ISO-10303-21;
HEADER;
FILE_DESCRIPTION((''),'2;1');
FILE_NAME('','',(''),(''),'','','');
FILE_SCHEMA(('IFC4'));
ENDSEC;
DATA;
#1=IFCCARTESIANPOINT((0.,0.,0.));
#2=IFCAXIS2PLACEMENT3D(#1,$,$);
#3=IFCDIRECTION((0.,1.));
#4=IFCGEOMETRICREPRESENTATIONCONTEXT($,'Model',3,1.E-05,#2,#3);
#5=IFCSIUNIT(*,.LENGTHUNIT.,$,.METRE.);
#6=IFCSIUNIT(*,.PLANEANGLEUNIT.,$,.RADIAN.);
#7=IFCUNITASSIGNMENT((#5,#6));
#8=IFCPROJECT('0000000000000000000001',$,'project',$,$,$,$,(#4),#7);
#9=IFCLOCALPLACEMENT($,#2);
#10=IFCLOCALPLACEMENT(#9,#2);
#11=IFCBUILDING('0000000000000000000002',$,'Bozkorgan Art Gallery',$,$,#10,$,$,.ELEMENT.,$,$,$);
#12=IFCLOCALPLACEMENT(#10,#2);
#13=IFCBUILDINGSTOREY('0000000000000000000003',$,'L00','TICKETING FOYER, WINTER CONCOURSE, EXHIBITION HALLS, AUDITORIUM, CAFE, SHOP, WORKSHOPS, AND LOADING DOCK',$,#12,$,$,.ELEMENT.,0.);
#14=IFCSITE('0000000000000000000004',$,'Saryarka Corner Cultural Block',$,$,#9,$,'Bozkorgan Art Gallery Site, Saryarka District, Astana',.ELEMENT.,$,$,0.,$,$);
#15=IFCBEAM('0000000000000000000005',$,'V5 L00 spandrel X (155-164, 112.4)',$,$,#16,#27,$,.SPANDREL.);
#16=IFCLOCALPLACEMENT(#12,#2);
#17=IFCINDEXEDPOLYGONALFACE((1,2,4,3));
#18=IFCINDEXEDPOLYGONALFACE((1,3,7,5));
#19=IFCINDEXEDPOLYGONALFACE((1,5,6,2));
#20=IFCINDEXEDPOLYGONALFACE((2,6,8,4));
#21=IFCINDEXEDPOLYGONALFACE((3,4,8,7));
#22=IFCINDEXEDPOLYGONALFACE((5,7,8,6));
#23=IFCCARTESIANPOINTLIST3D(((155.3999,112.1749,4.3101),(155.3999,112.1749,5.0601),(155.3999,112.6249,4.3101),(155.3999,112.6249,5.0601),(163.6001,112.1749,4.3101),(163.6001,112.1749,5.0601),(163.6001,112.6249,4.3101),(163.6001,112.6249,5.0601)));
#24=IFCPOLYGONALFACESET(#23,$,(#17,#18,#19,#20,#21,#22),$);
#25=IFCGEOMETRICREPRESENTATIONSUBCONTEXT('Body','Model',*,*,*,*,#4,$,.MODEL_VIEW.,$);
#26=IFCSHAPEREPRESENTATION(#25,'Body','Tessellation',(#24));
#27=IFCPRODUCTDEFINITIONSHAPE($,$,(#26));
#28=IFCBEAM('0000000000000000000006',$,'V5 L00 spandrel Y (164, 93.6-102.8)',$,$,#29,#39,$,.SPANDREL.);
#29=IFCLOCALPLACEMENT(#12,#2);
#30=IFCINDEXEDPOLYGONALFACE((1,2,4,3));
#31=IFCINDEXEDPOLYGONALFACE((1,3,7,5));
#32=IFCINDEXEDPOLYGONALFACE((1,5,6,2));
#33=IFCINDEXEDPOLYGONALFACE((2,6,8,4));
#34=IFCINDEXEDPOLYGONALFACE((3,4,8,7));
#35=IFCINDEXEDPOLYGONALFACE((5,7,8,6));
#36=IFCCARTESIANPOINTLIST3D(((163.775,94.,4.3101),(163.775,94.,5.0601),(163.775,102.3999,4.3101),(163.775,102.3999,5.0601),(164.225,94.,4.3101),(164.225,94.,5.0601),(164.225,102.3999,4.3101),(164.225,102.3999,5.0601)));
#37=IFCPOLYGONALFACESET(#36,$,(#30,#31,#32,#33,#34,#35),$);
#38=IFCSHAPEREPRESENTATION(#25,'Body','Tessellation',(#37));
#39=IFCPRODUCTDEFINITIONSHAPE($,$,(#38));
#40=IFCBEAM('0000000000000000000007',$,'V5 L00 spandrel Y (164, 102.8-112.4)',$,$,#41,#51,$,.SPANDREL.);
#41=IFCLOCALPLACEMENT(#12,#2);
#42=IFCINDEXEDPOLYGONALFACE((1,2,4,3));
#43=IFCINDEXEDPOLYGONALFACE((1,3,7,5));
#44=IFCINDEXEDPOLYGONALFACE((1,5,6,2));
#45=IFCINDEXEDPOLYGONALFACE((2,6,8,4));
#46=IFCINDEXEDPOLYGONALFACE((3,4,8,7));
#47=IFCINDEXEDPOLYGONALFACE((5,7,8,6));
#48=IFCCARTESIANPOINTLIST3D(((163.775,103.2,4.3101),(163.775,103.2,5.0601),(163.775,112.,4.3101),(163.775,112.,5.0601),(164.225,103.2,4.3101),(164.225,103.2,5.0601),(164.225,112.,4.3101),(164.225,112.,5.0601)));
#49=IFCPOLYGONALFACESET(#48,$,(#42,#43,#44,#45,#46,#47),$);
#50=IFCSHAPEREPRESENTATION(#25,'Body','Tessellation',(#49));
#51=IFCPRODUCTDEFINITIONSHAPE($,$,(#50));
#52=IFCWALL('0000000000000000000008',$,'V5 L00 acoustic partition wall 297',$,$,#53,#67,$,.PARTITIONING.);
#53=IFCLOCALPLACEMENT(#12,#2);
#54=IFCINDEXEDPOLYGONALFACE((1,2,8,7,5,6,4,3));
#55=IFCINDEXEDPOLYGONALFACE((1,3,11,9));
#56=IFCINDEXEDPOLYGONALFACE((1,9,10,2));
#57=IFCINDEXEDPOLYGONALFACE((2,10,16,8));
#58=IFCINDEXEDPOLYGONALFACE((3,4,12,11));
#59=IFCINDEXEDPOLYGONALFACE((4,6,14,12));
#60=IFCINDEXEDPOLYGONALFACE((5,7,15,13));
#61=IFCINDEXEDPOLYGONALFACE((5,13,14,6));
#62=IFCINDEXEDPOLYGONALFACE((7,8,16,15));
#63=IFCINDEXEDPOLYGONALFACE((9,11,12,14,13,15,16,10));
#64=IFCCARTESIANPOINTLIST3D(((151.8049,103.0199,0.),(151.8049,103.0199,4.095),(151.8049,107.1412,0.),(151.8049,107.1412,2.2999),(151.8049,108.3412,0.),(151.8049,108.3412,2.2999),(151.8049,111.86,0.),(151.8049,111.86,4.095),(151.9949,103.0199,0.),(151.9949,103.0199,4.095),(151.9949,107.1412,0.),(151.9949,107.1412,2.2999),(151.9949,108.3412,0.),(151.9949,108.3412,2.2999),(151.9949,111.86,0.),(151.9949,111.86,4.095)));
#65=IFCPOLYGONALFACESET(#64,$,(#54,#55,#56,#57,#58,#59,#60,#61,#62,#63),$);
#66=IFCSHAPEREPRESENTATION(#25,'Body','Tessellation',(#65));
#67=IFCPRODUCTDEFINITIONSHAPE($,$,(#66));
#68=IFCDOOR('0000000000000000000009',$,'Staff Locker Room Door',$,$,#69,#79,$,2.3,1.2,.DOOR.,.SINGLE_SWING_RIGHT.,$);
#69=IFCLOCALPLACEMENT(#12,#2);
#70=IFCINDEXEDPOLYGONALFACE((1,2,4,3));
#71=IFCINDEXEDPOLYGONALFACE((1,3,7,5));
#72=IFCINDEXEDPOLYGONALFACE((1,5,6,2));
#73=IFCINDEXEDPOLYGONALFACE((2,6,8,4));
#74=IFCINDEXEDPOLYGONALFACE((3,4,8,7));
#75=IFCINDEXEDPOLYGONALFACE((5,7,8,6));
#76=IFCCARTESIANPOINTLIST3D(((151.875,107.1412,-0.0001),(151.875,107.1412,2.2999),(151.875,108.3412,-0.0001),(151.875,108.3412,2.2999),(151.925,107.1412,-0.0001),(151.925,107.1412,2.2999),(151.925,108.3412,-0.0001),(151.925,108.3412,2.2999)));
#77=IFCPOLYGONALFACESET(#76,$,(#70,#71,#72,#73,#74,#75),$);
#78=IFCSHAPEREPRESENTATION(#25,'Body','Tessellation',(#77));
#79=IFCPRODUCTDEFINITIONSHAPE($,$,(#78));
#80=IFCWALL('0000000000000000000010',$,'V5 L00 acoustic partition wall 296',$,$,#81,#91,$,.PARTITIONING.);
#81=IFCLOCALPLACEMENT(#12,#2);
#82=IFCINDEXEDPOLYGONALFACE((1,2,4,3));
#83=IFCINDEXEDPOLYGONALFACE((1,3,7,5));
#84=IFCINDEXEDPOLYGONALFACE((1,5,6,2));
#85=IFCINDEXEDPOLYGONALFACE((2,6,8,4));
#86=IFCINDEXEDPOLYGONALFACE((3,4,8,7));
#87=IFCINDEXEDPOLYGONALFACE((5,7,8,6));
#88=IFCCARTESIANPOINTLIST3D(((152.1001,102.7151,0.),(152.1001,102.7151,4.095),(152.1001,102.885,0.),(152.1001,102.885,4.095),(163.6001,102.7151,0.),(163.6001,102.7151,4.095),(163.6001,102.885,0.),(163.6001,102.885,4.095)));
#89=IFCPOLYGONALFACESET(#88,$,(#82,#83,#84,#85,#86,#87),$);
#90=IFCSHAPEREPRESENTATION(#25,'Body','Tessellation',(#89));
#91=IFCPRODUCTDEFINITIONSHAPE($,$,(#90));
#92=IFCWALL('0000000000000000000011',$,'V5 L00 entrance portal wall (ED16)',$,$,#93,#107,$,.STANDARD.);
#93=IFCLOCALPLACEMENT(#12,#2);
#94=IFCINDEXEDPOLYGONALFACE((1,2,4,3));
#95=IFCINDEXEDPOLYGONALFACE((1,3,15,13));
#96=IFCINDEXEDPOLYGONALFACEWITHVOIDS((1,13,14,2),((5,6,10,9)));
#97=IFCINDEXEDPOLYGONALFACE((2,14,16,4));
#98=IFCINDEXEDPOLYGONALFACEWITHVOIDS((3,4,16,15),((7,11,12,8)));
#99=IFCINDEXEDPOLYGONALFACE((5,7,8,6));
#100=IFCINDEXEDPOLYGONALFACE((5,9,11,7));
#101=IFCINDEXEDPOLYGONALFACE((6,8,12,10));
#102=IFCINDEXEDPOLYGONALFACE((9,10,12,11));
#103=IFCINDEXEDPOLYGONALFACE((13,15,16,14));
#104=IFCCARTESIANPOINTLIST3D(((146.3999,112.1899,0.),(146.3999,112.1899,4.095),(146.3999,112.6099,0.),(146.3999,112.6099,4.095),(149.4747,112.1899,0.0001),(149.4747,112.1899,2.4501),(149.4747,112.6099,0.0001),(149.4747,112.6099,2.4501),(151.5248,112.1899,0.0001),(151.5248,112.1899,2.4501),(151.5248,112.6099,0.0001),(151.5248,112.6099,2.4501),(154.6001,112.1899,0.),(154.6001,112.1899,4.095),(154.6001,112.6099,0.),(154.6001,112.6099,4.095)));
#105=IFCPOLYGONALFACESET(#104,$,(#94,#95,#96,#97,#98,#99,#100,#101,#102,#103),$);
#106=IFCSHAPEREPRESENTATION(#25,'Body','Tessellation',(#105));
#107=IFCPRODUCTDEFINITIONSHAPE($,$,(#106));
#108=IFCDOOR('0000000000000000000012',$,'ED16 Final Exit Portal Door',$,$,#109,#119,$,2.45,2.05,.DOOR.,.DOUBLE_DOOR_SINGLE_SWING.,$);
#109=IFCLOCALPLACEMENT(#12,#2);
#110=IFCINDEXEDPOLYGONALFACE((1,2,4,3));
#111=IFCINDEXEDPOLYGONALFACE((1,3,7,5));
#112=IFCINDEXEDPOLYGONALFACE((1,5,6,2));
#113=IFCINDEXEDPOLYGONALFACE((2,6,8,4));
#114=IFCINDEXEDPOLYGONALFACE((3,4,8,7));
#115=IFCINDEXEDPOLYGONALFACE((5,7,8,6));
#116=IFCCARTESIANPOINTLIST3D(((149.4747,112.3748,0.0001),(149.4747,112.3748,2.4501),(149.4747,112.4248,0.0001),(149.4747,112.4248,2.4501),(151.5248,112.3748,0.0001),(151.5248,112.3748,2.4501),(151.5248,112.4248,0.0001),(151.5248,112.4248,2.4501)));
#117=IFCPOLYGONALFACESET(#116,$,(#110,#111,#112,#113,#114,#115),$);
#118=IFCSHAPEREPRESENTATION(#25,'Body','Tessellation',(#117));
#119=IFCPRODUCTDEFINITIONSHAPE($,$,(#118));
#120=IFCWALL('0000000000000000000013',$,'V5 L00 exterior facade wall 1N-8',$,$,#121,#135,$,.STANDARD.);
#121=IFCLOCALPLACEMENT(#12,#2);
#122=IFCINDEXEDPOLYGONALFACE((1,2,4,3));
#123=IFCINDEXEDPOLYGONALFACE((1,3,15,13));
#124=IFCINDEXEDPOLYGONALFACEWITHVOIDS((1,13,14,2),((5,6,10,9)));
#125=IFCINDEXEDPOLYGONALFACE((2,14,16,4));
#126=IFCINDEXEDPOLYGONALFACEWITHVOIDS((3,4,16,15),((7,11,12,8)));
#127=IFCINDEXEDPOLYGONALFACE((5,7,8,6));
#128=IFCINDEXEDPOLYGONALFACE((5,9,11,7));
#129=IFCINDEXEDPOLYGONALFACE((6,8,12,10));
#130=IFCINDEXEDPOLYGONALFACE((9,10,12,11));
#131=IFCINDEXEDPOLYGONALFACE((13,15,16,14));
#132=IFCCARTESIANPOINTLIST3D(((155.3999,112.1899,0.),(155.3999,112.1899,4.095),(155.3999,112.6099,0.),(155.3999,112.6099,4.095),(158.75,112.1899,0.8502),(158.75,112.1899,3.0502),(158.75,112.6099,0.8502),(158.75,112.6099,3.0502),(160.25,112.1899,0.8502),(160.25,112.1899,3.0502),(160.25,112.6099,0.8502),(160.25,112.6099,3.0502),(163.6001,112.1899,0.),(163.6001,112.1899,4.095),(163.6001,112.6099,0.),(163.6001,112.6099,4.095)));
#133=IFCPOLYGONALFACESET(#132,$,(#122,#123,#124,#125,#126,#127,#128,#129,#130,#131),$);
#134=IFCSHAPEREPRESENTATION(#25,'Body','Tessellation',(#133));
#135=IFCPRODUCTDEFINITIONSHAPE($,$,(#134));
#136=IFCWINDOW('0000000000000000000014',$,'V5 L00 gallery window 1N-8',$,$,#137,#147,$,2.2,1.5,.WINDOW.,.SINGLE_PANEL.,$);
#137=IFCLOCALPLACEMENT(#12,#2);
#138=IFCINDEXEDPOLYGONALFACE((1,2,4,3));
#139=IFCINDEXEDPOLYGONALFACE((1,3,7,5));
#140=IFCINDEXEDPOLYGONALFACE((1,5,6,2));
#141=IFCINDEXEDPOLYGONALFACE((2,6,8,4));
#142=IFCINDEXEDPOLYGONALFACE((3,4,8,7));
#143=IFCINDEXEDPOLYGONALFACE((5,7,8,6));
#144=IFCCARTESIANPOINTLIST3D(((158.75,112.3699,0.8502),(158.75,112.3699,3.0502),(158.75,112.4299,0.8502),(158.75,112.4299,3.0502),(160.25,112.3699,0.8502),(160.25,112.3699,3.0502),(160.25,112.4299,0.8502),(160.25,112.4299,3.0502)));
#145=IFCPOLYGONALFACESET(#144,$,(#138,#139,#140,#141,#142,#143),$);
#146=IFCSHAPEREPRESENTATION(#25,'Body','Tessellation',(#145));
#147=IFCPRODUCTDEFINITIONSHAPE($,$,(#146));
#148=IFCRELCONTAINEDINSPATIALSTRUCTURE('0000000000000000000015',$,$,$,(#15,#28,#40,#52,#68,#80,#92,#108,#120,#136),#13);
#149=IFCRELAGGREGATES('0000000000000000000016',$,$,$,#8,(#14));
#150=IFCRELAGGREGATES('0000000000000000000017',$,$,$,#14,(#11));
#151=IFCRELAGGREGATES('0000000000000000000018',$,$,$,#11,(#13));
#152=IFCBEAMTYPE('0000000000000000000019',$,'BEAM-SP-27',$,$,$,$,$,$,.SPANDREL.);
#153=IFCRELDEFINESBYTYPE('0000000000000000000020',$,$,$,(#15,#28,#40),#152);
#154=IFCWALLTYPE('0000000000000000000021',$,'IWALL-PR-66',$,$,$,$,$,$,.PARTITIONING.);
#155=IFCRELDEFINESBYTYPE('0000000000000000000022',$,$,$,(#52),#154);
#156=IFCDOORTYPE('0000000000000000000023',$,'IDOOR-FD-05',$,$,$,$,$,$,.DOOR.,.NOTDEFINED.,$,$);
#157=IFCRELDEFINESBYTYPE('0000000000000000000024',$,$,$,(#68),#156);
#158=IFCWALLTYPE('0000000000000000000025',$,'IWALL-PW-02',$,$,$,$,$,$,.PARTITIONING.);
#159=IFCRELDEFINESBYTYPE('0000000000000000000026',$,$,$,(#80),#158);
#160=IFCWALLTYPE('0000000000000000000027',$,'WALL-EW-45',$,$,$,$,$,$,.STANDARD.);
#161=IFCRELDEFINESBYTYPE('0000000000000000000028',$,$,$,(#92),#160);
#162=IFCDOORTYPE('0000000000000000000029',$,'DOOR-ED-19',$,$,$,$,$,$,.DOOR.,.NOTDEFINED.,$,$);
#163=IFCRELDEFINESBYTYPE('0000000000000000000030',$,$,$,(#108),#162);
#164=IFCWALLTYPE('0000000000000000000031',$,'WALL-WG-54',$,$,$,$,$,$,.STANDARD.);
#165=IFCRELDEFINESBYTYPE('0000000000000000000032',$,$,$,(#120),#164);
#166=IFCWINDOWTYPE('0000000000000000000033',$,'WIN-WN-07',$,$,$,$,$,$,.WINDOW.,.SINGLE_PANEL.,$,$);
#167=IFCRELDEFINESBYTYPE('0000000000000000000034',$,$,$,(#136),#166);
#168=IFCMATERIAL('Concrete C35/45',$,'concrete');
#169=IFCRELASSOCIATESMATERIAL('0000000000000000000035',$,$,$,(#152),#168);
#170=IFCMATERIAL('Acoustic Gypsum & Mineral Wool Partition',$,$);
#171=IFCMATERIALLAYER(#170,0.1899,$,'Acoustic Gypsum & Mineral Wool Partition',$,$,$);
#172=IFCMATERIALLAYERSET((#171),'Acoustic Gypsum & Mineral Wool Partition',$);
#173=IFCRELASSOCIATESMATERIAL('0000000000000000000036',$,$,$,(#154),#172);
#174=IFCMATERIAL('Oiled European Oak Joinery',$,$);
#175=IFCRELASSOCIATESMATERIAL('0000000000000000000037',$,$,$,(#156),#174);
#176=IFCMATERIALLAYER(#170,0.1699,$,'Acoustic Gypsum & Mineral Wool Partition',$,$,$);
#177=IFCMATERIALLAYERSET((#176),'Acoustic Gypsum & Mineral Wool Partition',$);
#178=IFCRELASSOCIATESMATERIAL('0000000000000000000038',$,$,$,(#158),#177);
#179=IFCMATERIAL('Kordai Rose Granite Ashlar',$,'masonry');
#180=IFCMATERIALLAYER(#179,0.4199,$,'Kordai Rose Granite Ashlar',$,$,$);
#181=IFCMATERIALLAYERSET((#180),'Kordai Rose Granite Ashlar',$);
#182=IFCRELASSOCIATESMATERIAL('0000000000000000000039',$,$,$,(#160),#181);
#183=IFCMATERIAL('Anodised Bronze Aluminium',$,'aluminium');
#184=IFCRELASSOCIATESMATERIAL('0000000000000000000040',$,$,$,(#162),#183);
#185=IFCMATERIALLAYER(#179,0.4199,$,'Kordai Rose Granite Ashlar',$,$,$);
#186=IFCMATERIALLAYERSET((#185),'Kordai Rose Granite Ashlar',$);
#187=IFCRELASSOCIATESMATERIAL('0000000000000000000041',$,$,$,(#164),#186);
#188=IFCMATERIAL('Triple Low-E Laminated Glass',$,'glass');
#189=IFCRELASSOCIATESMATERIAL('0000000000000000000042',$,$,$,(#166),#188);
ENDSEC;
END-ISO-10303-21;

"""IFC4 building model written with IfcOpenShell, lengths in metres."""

from ifc_helpers import new_model, si_unit, direction, frame, frame_2d, origin, origin_2d, place, context, subcontext, project, spatial, rectangle, extrude, material, layer, layer_set, material_profile, profile_set, type_object, element, fill, save


model = new_model("IFC4")

# Units and contexts
model_context = context("Model", 3, precision=1e-05, world=origin(), true_north=direction((0.0, 1.0)))
body_context = subcontext(model_context, "Body", "Model", "MODEL_VIEW")
ifc_project = project(units=[si_unit("LENGTHUNIT", "METRE"), si_unit("PLANEANGLEUNIT", "RADIAN")], contexts=[model_context])

# Site, building, storey
site_placement = place(None, origin())
site = spatial("IfcSite", under=ifc_project, at=site_placement, Name="Saryarka Corner Cultural Block", LongName="Bozkorgan Art Gallery Site, Saryarka District, Astana", CompositionType="ELEMENT", RefElevation=0.0)
building_placement = place(site_placement, origin())
building = spatial("IfcBuilding", under=site, at=building_placement, Name="Bozkorgan Art Gallery", CompositionType="ELEMENT")
storey_placement = place(building_placement, origin())
storey = spatial("IfcBuildingStorey", under=building, at=storey_placement, Name="L00", Description="TICKETING FOYER, WINTER CONCOURSE, EXHIBITION HALLS, AUDITORIUM, CAFE, SHOP, WORKSHOPS, AND LOADING DOCK", CompositionType="ELEMENT", Elevation=0.0)

# Beams
ifc_material_1 = material(Name="Concrete C35/45", Category="concrete")
ifc_material_profile_1 = material_profile(ifc_material_1, rectangle(XDim=0.45, YDim=0.75, at=origin_2d()), Name="RC 450x750")
ifc_profile_set_1 = profile_set([ifc_material_profile_1], Name="Concrete C35/45")
beam_type_1 = type_object("IfcBeamType", Name="BEAM-SP-27", PredefinedType="SPANDREL", material=ifc_profile_set_1)
for number, where, z_axis, x_axis, name in (
    (1, (155.3999, 112.3999, 4.6851), (1.0, 0.0, 0.0), (0.0, 1.0, 0.0), "V5 L00 spandrel X (155-164, 112.4)"),
):
    element("IfcBeam", number, at=place(storey_placement, frame(where, z_axis=z_axis, x_axis=x_axis)), inside=storey, type_object=beam_type_1, Name=name, PredefinedType="SPANDREL", context=body_context, shape_type="SweptSolid", body=[
        extrude(rectangle(XDim=0.45, YDim=0.75, at=origin_2d()), origin(), (0.0, 0.0, 1.0), 8.2002),
    ])
beam_1_placement = place(storey_placement, frame((164.0, 94.0, 4.6851), z_axis=(0.0, 1.0, 0.0), x_axis=(-1.0, 0.0, 0.0)))
element("IfcBeam", 2, at=beam_1_placement, inside=storey, type_object=beam_type_1, Name="V5 L00 spandrel Y (164, 93.6-102.8)", PredefinedType="SPANDREL", context=body_context, shape_type="SweptSolid", body=[
    extrude(rectangle(XDim=0.45, YDim=0.75, at=origin_2d()), origin(), (0.0, 0.0, 1.0), 8.3999),
])
beam_2_placement = place(storey_placement, frame((164.0, 103.2, 4.6851), z_axis=(0.0, 1.0, 0.0), x_axis=(-1.0, 0.0, 0.0)))
element("IfcBeam", 3, at=beam_2_placement, inside=storey, type_object=beam_type_1, Name="V5 L00 spandrel Y (164, 102.8-112.4)", PredefinedType="SPANDREL", context=body_context, shape_type="SweptSolid", body=[
    extrude(rectangle(XDim=0.45, YDim=0.75, at=origin_2d()), origin(), (0.0, 0.0, 1.0), 8.8),
])

# Wall, opening, door
ifc_material_2 = material(Name="Acoustic Gypsum & Mineral Wool Partition")
ifc_layer_1 = layer(ifc_material_2, 0.1899, Name="Acoustic Gypsum & Mineral Wool Partition")
ifc_layer_set_1 = layer_set([ifc_layer_1], Name="Acoustic Gypsum & Mineral Wool Partition")
wall_type_1 = type_object("IfcWallType", Name="IWALL-PR-66", PredefinedType="PARTITIONING", material=ifc_layer_set_1)
wall_1_placement = place(storey_placement, frame((151.8999, 103.02, 0.0), z_axis=(0.0, 0.0, 1.0), x_axis=(0.0, 1.0, 0.0)))
wall_1 = element("IfcWall", 4, at=wall_1_placement, inside=storey, type_object=wall_type_1, Name="V5 L00 acoustic partition wall 297", PredefinedType="PARTITIONING", context=body_context, shape_type="SweptSolid", body=[
    extrude(rectangle(XDim=8.8401, YDim=0.1899, at=frame_2d((4.4199, 0.0))), origin(), (0.0, 0.0, 1.0), 4.095),
])
opening_1_placement = place(wall_1_placement, frame((4.1211, 0.0, 0.0)))
opening_1 = element("IfcOpeningElement", 5, at=opening_1_placement, cuts=wall_1, PredefinedType="OPENING", context=body_context, shape_type="SweptSolid", body=[
    extrude(rectangle(XDim=1.2, YDim=2.3, at=frame_2d((0.6001, 1.1499))), frame((0.0, 0.105, 0.0), z_axis=(0.0, -1.0, 0.0), x_axis=(1.0, 0.0, 0.0)), (0.0, 0.0, 1.0), 0.21),
])
ifc_material_3 = material(Name="Oiled European Oak Joinery")
door_type_1 = type_object("IfcDoorType", Name="IDOOR-FD-05", OperationType="NOTDEFINED", PredefinedType="DOOR", material=ifc_material_3)
door_1_placement = place(opening_1_placement, origin())
door_1 = element("IfcDoor", 6, at=door_1_placement, inside=storey, type_object=door_type_1, Name="Staff Locker Room Door", OperationType="SINGLE_SWING_RIGHT", OverallHeight=2.3, OverallWidth=1.2, PredefinedType="DOOR", context=body_context, shape_type="SweptSolid", body=[
    extrude(rectangle(XDim=1.2, YDim=2.3, at=frame_2d((0.6001, 1.1499))), frame((0.0, 0.0249, 0.0), z_axis=(0.0, -1.0, 0.0), x_axis=(1.0, 0.0, 0.0)), (0.0, 0.0, 1.0), 0.05),
])
fill(opening_1, door_1)

# Wall
ifc_layer_2 = layer(ifc_material_2, 0.1699, Name="Acoustic Gypsum & Mineral Wool Partition")
ifc_layer_set_2 = layer_set([ifc_layer_2], Name="Acoustic Gypsum & Mineral Wool Partition")
wall_type_2 = type_object("IfcWallType", Name="IWALL-PW-02", PredefinedType="PARTITIONING", material=ifc_layer_set_2)
wall_2_placement = place(storey_placement, frame((152.1001, 102.8, 0.0), z_axis=(0.0, 0.0, 1.0), x_axis=(1.0, 0.0, 0.0)))
element("IfcWall", 7, at=wall_2_placement, inside=storey, type_object=wall_type_2, Name="V5 L00 acoustic partition wall 296", PredefinedType="PARTITIONING", context=body_context, shape_type="SweptSolid", body=[
    extrude(rectangle(XDim=11.5, YDim=0.1699, at=frame_2d((5.75, 0.0))), origin(), (0.0, 0.0, 1.0), 4.095),
])

# Wall, opening, door
ifc_material_4 = material(Name="Kordai Rose Granite Ashlar", Category="masonry")
ifc_layer_3 = layer(ifc_material_4, 0.4199, Name="Kordai Rose Granite Ashlar")
ifc_layer_set_3 = layer_set([ifc_layer_3], Name="Kordai Rose Granite Ashlar")
wall_type_3 = type_object("IfcWallType", Name="WALL-EW-45", PredefinedType="STANDARD", material=ifc_layer_set_3)
wall_3_placement = place(storey_placement, frame((146.3999, 112.3999, 0.0), z_axis=(0.0, 0.0, 1.0), x_axis=(1.0, 0.0, 0.0)))
wall_3 = element("IfcWall", 8, at=wall_3_placement, inside=storey, type_object=wall_type_3, Name="V5 L00 entrance portal wall (ED16)", PredefinedType="STANDARD", context=body_context, shape_type="SweptSolid", body=[
    extrude(rectangle(XDim=8.2002, YDim=0.4199, at=frame_2d((4.1001, 0.0))), origin(), (0.0, 0.0, 1.0), 4.095),
])
opening_2_placement = place(wall_3_placement, frame((3.075, 0.0, 0.0)))
opening_2 = element("IfcOpeningElement", 9, at=opening_2_placement, cuts=wall_3, PredefinedType="OPENING", context=body_context, shape_type="SweptSolid", body=[
    extrude(rectangle(XDim=2.05, YDim=2.45, at=frame_2d((1.0249, 1.2251))), frame((0.0, 0.22, 0.0), z_axis=(0.0, -1.0, 0.0), x_axis=(1.0, 0.0, 0.0)), (0.0, 0.0, 1.0), 0.4399),
])
ifc_material_5 = material(Name="Anodised Bronze Aluminium", Category="aluminium")
door_type_2 = type_object("IfcDoorType", Name="DOOR-ED-19", OperationType="NOTDEFINED", PredefinedType="DOOR", material=ifc_material_5)
door_2_placement = place(opening_2_placement, origin())
door_2 = element("IfcDoor", 10, at=door_2_placement, inside=storey, type_object=door_type_2, Name="ED16 Final Exit Portal Door", OperationType="DOUBLE_DOOR_SINGLE_SWING", OverallHeight=2.45, OverallWidth=2.05, PredefinedType="DOOR", context=body_context, shape_type="SweptSolid", body=[
    extrude(rectangle(XDim=2.05, YDim=2.45, at=frame_2d((1.0249, 1.2251))), frame((0.0, 0.0249, 0.0), z_axis=(0.0, -1.0, 0.0), x_axis=(1.0, 0.0, 0.0)), (0.0, 0.0, 1.0), 0.05),
])
fill(opening_2, door_2)

# Wall, opening, window
ifc_layer_4 = layer(ifc_material_4, 0.4199, Name="Kordai Rose Granite Ashlar")
ifc_layer_set_4 = layer_set([ifc_layer_4], Name="Kordai Rose Granite Ashlar")
wall_type_4 = type_object("IfcWallType", Name="WALL-WG-54", PredefinedType="STANDARD", material=ifc_layer_set_4)
wall_4_placement = place(storey_placement, frame((155.3999, 112.3999, 0.0), z_axis=(0.0, 0.0, 1.0), x_axis=(1.0, 0.0, 0.0)))
wall_4 = element("IfcWall", 11, at=wall_4_placement, inside=storey, type_object=wall_type_4, Name="V5 L00 exterior facade wall 1N-8", PredefinedType="STANDARD", context=body_context, shape_type="SweptSolid", body=[
    extrude(rectangle(XDim=8.2002, YDim=0.4199, at=frame_2d((4.1001, 0.0))), origin(), (0.0, 0.0, 1.0), 4.095),
])
opening_3_placement = place(wall_4_placement, frame((3.3501, 0.0, 0.8501)))
opening_3 = element("IfcOpeningElement", 12, at=opening_3_placement, cuts=wall_4, PredefinedType="OPENING", context=body_context, shape_type="SweptSolid", body=[
    extrude(rectangle(XDim=1.5, YDim=2.2, at=frame_2d((0.75, 1.1001))), frame((0.0, 0.22, 0.0), z_axis=(0.0, -1.0, 0.0), x_axis=(1.0, 0.0, 0.0)), (0.0, 0.0, 1.0), 0.4399),
])
ifc_material_6 = material(Name="Triple Low-E Laminated Glass", Category="glass")
window_type_1 = type_object("IfcWindowType", Name="WIN-WN-07", PartitioningType="SINGLE_PANEL", PredefinedType="WINDOW", material=ifc_material_6)
window_1_placement = place(opening_3_placement, origin())
window_1 = element("IfcWindow", 13, at=window_1_placement, inside=storey, type_object=window_type_1, Name="V5 L00 gallery window 1N-8", OverallHeight=2.2, OverallWidth=1.5, PartitioningType="SINGLE_PANEL", PredefinedType="WINDOW", context=body_context, shape_type="SweptSolid", body=[
    extrude(rectangle(XDim=1.5, YDim=2.2, at=frame_2d((0.75, 1.1001))), frame((0.0, 0.03, 0.0), z_axis=(0.0, -1.0, 0.0), x_axis=(1.0, 0.0, 0.0)), (0.0, 0.0, 1.0), 0.0601),
])
fill(opening_3, window_1)

save(model, "model.ifc")
